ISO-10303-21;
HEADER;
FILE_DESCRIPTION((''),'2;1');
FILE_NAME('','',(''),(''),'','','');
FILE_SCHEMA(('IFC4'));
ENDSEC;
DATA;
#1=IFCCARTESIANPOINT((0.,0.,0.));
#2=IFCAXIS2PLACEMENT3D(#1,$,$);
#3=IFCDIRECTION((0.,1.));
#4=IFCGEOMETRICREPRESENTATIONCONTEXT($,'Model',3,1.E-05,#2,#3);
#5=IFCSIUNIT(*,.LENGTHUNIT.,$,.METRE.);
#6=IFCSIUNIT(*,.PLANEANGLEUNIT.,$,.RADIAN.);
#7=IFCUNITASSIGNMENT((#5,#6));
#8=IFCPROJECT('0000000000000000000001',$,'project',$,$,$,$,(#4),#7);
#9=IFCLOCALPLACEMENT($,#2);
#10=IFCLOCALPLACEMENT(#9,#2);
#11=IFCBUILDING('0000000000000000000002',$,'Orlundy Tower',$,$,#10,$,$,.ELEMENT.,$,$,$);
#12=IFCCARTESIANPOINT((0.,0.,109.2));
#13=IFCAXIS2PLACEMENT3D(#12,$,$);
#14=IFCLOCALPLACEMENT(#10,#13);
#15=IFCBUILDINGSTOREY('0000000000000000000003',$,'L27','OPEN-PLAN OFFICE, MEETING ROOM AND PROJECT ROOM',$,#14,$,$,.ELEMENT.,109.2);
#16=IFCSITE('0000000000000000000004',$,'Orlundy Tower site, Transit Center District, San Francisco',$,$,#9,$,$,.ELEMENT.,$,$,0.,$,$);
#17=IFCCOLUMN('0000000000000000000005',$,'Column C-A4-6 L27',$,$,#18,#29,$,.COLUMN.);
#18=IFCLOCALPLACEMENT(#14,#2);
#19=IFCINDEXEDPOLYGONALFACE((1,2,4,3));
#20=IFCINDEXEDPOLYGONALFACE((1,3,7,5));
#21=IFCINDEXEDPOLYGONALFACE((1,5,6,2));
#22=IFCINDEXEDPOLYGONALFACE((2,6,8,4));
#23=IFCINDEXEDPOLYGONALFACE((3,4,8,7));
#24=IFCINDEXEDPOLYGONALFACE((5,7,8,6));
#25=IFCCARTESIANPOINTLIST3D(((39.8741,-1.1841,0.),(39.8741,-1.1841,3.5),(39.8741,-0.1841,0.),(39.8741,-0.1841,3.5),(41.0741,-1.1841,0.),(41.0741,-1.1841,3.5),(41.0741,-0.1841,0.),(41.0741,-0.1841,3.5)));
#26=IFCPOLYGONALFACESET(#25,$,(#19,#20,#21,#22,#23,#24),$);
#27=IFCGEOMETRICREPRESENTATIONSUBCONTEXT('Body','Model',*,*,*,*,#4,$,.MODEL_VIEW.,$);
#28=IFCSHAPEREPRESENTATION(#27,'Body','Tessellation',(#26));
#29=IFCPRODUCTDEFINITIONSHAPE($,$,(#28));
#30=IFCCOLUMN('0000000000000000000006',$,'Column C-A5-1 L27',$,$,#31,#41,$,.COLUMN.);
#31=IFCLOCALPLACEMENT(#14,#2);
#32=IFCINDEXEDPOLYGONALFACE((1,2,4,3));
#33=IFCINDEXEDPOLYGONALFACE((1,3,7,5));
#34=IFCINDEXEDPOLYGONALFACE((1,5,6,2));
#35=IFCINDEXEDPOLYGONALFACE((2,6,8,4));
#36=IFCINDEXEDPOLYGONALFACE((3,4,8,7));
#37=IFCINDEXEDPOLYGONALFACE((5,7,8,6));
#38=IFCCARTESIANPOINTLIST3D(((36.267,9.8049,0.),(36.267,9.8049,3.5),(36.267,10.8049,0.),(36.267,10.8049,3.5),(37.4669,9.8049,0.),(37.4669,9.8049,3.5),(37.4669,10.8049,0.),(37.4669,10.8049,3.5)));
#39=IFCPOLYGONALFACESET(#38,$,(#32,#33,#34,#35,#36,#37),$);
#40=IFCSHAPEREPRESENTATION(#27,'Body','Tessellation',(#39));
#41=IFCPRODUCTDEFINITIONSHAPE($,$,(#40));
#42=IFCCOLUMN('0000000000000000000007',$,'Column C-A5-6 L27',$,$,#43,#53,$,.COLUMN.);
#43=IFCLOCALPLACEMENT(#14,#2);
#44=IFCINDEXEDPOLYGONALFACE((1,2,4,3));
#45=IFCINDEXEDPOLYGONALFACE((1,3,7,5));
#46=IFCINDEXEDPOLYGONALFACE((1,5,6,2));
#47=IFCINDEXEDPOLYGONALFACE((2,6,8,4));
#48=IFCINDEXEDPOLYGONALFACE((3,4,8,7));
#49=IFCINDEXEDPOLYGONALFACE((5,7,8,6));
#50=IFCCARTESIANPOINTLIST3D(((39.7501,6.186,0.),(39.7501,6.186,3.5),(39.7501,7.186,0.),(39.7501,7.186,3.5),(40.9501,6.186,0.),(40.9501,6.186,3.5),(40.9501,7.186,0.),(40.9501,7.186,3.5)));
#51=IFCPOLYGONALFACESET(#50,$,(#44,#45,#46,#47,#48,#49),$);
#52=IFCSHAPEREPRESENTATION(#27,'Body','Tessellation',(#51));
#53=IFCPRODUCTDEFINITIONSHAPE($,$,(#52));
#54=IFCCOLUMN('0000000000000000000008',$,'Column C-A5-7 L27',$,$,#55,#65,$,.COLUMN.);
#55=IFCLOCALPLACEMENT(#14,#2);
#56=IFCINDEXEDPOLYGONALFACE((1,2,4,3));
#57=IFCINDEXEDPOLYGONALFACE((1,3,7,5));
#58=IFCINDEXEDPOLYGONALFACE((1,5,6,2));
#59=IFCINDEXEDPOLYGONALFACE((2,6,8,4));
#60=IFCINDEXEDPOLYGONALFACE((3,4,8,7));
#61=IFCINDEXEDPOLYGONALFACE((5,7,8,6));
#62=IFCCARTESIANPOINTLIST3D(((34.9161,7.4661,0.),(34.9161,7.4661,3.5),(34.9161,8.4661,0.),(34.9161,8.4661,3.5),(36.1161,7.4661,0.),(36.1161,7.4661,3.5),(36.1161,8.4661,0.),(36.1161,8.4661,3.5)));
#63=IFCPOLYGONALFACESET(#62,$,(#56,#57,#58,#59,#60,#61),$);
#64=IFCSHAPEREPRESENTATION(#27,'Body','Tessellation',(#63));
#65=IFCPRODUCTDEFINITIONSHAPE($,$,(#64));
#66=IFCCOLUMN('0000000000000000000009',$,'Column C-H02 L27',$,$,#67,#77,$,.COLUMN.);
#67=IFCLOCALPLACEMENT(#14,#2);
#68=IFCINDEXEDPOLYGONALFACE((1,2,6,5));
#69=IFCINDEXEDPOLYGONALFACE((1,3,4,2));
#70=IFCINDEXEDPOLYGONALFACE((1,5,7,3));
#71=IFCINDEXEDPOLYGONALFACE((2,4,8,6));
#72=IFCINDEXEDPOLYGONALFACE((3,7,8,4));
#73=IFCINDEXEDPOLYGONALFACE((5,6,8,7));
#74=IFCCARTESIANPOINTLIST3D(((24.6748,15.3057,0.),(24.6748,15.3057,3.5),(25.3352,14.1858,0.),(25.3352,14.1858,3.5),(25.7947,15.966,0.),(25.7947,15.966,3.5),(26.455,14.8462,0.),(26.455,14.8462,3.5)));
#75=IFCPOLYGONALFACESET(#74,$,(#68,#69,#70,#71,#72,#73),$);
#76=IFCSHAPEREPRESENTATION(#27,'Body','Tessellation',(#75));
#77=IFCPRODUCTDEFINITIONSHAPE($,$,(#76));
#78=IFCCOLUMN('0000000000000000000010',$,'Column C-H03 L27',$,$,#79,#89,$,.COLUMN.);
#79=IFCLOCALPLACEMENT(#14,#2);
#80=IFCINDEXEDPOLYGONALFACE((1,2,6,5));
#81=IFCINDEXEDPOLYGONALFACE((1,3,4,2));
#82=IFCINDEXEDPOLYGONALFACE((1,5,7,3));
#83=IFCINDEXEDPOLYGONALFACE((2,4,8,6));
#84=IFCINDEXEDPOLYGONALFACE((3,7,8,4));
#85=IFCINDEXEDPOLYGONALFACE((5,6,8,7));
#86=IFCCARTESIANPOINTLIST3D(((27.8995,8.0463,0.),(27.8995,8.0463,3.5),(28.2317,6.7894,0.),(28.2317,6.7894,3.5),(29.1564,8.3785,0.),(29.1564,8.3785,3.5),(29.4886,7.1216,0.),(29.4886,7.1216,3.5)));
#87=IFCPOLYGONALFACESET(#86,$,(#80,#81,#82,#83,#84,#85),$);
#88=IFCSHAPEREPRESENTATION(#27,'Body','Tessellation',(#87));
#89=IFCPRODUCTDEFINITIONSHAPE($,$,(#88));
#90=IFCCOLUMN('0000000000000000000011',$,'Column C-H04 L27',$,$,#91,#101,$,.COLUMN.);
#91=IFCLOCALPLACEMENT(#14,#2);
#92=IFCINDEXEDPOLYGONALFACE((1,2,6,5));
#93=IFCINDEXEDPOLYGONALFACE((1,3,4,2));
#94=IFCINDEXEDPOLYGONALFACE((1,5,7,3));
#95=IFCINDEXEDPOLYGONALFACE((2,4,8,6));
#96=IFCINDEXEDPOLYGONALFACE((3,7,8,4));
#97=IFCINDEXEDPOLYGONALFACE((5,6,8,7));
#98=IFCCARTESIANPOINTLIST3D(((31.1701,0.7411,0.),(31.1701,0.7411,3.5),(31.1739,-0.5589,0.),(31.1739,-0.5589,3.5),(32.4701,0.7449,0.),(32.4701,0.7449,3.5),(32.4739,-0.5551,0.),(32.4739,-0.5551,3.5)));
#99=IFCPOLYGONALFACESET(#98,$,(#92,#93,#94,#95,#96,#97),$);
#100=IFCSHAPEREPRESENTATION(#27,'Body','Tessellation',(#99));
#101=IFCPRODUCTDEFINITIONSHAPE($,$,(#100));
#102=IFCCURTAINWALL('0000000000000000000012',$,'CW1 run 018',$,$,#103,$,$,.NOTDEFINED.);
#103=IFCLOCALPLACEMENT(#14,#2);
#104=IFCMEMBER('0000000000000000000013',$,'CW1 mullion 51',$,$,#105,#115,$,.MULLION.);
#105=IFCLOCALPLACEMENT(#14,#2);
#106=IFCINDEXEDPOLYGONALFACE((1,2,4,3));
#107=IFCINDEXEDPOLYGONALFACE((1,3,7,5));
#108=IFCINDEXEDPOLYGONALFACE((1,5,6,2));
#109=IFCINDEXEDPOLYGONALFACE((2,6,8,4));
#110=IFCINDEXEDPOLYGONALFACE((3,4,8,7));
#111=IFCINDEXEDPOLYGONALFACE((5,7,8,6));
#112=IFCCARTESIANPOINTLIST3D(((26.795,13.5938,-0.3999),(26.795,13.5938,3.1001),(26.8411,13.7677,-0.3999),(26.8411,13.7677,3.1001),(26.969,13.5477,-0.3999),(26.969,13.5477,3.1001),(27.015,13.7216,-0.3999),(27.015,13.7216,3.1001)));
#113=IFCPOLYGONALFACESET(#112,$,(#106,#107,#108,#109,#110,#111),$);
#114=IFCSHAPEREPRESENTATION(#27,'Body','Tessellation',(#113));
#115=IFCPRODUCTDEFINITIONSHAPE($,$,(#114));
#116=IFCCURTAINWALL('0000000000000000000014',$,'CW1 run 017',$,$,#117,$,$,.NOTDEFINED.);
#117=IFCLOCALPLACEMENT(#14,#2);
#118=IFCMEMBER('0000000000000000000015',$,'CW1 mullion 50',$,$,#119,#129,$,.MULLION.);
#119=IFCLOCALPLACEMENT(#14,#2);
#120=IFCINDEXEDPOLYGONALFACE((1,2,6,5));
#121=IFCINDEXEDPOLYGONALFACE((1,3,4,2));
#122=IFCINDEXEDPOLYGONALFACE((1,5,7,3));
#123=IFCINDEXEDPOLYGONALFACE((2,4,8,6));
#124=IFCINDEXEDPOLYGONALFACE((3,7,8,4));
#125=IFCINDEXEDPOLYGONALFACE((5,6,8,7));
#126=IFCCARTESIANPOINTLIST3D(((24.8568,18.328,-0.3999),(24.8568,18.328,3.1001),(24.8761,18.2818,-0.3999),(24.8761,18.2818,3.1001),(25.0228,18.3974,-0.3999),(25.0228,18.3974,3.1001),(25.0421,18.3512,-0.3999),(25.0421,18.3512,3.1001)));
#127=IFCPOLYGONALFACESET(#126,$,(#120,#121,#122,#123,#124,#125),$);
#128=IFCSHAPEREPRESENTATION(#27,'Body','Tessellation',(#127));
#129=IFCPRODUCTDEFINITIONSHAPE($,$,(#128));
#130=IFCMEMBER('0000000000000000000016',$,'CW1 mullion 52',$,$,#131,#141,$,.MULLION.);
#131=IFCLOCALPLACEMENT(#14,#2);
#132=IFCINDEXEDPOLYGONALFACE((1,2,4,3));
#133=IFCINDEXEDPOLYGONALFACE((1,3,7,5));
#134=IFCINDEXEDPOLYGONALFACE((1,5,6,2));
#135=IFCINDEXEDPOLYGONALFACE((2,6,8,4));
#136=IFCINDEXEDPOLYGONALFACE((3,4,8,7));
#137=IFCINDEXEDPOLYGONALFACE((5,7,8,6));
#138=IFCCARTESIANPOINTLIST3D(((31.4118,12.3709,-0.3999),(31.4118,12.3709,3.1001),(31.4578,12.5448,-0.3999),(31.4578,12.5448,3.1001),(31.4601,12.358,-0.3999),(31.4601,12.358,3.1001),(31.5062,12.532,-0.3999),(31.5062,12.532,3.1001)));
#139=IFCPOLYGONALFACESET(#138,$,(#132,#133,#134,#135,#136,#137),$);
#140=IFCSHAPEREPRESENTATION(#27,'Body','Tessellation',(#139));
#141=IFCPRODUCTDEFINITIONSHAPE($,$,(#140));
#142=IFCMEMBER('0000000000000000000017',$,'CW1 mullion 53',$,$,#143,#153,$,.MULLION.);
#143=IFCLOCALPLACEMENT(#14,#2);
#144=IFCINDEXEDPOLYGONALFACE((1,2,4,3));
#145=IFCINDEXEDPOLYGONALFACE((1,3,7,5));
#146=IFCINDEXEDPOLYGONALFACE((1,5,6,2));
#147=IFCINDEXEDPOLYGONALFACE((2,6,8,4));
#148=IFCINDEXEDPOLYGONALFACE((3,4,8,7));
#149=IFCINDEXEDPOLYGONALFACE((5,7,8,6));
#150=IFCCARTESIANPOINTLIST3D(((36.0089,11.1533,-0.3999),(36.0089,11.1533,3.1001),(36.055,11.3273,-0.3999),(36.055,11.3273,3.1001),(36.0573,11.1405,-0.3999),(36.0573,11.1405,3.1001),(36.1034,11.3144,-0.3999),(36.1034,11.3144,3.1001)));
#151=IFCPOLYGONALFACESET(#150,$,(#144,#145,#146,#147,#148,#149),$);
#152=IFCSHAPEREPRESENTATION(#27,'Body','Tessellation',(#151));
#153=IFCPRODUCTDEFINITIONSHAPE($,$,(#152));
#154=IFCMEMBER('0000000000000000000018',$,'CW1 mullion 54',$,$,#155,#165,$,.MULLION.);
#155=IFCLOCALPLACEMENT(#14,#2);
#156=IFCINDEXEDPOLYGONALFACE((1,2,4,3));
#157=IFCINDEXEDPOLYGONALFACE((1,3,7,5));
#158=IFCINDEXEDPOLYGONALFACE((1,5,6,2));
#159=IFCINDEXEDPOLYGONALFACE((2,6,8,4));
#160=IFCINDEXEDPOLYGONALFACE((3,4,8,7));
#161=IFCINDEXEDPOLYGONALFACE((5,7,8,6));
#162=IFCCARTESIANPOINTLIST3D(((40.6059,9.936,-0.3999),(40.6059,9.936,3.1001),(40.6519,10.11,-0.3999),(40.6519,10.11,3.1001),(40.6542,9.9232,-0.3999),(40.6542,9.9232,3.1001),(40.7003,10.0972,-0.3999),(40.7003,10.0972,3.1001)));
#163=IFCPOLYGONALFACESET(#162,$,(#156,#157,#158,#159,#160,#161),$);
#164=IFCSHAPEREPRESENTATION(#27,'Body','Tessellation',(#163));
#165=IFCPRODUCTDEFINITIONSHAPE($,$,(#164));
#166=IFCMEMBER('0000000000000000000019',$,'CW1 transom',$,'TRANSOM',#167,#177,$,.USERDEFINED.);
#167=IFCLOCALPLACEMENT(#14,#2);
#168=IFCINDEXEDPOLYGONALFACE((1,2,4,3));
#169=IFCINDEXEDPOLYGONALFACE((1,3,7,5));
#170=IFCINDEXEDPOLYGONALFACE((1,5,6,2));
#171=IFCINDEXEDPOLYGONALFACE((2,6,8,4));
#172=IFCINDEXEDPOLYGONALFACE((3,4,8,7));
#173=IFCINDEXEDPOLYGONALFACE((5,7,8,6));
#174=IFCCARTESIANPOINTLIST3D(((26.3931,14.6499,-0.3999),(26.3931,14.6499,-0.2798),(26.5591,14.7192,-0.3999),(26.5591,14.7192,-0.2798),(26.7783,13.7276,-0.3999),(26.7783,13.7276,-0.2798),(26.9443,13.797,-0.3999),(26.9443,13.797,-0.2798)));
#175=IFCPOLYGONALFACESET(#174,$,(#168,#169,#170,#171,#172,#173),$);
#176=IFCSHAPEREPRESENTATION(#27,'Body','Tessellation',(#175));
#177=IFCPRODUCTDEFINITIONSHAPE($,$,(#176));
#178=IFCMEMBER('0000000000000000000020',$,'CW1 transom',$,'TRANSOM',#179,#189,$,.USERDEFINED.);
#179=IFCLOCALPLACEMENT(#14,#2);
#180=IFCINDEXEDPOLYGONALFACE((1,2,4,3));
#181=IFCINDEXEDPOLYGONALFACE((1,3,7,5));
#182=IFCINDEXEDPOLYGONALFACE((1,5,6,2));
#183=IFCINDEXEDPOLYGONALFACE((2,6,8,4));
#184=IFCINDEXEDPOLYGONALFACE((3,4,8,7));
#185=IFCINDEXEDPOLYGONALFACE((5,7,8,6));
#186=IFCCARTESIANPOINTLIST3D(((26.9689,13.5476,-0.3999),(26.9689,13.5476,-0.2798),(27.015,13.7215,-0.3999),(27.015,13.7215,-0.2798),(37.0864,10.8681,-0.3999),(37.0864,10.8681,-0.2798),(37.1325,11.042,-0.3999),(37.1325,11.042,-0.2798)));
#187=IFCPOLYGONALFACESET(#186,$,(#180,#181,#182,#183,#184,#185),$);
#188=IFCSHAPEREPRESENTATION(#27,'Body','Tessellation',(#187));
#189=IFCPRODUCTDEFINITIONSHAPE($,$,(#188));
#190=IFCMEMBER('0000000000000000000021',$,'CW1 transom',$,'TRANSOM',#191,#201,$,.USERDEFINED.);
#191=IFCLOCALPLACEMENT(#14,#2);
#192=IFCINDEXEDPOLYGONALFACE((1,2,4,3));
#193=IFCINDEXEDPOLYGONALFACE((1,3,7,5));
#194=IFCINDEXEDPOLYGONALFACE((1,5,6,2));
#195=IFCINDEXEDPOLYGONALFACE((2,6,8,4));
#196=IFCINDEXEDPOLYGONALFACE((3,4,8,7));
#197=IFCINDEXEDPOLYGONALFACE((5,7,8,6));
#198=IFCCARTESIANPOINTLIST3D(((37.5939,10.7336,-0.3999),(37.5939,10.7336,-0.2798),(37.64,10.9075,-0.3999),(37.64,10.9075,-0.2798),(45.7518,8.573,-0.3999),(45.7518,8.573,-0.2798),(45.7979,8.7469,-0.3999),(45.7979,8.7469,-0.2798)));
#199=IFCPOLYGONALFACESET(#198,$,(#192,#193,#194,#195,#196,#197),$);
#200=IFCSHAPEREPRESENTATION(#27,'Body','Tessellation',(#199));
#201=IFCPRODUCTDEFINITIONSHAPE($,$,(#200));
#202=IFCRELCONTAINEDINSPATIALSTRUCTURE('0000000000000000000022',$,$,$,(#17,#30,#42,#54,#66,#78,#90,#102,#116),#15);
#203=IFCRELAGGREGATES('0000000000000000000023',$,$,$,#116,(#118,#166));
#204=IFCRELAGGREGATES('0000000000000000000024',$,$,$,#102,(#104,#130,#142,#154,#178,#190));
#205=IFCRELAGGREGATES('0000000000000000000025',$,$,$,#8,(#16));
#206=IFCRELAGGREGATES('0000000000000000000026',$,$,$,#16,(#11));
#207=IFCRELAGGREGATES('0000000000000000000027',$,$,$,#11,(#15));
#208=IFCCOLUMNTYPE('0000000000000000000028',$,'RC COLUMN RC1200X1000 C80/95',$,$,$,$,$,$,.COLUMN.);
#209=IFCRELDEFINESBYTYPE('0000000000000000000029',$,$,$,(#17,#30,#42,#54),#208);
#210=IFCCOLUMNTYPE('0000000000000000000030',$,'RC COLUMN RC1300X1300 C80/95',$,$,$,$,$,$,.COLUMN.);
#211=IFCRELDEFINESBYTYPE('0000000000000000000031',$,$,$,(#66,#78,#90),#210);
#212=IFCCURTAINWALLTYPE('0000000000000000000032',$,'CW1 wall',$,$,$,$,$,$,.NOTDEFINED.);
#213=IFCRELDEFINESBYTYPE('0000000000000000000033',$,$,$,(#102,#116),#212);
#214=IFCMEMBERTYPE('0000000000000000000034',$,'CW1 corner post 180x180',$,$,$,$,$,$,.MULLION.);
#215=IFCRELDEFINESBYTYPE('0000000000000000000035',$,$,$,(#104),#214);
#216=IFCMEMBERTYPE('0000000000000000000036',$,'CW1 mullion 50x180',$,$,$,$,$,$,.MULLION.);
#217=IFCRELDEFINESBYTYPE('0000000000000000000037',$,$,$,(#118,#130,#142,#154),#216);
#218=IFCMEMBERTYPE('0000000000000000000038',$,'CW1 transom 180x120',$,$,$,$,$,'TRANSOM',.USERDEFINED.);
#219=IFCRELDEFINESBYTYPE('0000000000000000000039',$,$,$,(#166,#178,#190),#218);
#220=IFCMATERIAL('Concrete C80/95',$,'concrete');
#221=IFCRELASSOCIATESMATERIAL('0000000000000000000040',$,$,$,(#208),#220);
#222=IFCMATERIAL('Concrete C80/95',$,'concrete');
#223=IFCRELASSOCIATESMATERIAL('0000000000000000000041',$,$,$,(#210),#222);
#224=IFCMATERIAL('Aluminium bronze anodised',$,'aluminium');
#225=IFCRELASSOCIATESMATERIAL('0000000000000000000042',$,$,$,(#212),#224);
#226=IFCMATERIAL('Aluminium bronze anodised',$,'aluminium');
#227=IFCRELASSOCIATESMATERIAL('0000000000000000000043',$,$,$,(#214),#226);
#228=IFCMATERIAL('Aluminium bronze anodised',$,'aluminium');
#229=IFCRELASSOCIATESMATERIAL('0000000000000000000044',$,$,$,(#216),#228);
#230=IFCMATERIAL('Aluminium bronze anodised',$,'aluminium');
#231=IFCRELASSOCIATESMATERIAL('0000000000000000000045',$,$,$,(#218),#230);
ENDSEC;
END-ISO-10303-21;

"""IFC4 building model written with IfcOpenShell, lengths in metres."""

from ifc_helpers import new_model, si_unit, direction, frame, origin, origin_2d, place, context, subcontext, project, spatial, rectangle, extrude, material, material_profile, profile_set, type_object, element, aggregate, save


model = new_model("IFC4")

# Units and contexts
model_context = context("Model", 3, precision=1e-05, world=origin(), true_north=direction((0.0, 1.0)))
body_context = subcontext(model_context, "Body", "Model", "MODEL_VIEW")
ifc_project = project(units=[si_unit("LENGTHUNIT", "METRE"), si_unit("PLANEANGLEUNIT", "RADIAN")], contexts=[model_context])

# Site, building, storey
site_placement = place(None, origin())
site = spatial("IfcSite", under=ifc_project, at=site_placement, Name="Orlundy Tower site, Transit Center District, San Francisco", CompositionType="ELEMENT", RefElevation=0.0)
building_placement = place(site_placement, origin())
building = spatial("IfcBuilding", under=site, at=building_placement, Name="Orlundy Tower", CompositionType="ELEMENT")
storey_placement = place(building_placement, frame((0.0, 0.0, 109.2)))
storey = spatial("IfcBuildingStorey", under=building, at=storey_placement, Name="L27", Description="OPEN-PLAN OFFICE, MEETING ROOM AND PROJECT ROOM", CompositionType="ELEMENT", Elevation=109.2)

# Columns
ifc_material_1 = material(Name="Concrete C80/95", Category="concrete")
ifc_material_profile_1 = material_profile(ifc_material_1, rectangle(XDim=1.2, YDim=1.0, at=origin_2d()), Name="RC1200X1000")
ifc_profile_set_1 = profile_set([ifc_material_profile_1], Name="Concrete C80/95")
column_type_1 = type_object("IfcColumnType", Name="RC COLUMN RC1200X1000 C80/95", PredefinedType="COLUMN", material=ifc_profile_set_1)
for number, where, z_axis, x_axis, name in (
    (1, (40.4741, -0.6841, 0.0), (0.0, 0.0, 1.0), (1.0, 0.0, 0.0), "Column C-A4-6 L27"),
    (2, (36.8669, 10.3049, 0.0), (0.0, 0.0, 1.0), (1.0, 0.0, 0.0), "Column C-A5-1 L27"),
    (3, (40.3501, 6.686, 0.0), (0.0, 0.0, 1.0), (1.0, 0.0, 0.0), "Column C-A5-6 L27"),
    (4, (35.5161, 7.9661, 0.0), (0.0, 0.0, 1.0), (1.0, 0.0, 0.0), "Column C-A5-7 L27"),
):
    element("IfcColumn", number, at=place(storey_placement, frame(where, z_axis=z_axis, x_axis=x_axis)), inside=storey, type_object=column_type_1, Name=name, PredefinedType="COLUMN", context=body_context, shape_type="SweptSolid", body=[
        extrude(rectangle(XDim=1.2, YDim=1.0, at=origin_2d()), origin(), (0.0, 0.0, 1.0), 3.5),
    ])
ifc_material_2 = material(Name="Concrete C80/95", Category="concrete")
ifc_material_profile_2 = material_profile(ifc_material_2, rectangle(XDim=1.3, YDim=1.3, at=origin_2d()), Name="RC1300X1300")
ifc_profile_set_2 = profile_set([ifc_material_profile_2], Name="Concrete C80/95")
column_type_2 = type_object("IfcColumnType", Name="RC COLUMN RC1300X1300 C80/95", PredefinedType="COLUMN", material=ifc_profile_set_2)
for number, where, z_axis, x_axis, name in (
    (5, (25.5649, 15.0759, 0.0), (0.0, 0.0, 1.0), (0.861381, 0.507959, 0.0), "Column C-H02 L27"),
    (6, (28.6941, 7.584, 0.0), (0.0, 0.0, 1.0), (0.966801, 0.25553, 0.0), "Column C-H03 L27"),
    (7, (31.822, 0.093, 0.0), (0.0, 0.0, 1.0), (0.999996, 0.002915, 0.0), "Column C-H04 L27"),
):
    element("IfcColumn", number, at=place(storey_placement, frame(where, z_axis=z_axis, x_axis=x_axis)), inside=storey, type_object=column_type_2, Name=name, PredefinedType="COLUMN", context=body_context, shape_type="SweptSolid", body=[
        extrude(rectangle(XDim=1.3, YDim=1.3, at=origin_2d()), origin(), (0.0, 0.0, 1.0), 3.5),
    ])

# Curtain walls, members
ifc_material_3 = material(Name="Aluminium bronze anodised", Category="aluminium")
curtain_wall_type = type_object("IfcCurtainWallType", Name="CW1 wall", PredefinedType="NOTDEFINED", material=ifc_material_3)
curtain_wall_1_placement = place(storey_placement, origin())
curtain_wall_1 = element("IfcCurtainWall", 8, at=curtain_wall_1_placement, inside=storey, type_object=curtain_wall_type, Name="CW1 run 018", PredefinedType="NOTDEFINED")
ifc_material_4 = material(Name="Aluminium bronze anodised", Category="aluminium")
ifc_material_profile_3 = material_profile(ifc_material_4, rectangle(XDim=0.1799, YDim=0.1799, at=origin_2d()), Name="CW1 corner post 180x180")
ifc_profile_set_3 = profile_set([ifc_material_profile_3], Name="Aluminium bronze anodised")
member_type_1 = type_object("IfcMemberType", Name="CW1 corner post 180x180", PredefinedType="MULLION", material=ifc_profile_set_3)
member_1_placement = place(storey_placement, frame((26.905, 13.6577, -0.3999), z_axis=(0.0, 0.0, 1.0), x_axis=(0.25602, 0.966672, 0.0)))
member_1 = element("IfcMember", 9, at=member_1_placement, type_object=member_type_1, Name="CW1 mullion 51", PredefinedType="MULLION", context=body_context, shape_type="SweptSolid", body=[
    extrude(rectangle(XDim=0.1799, YDim=0.1799, at=origin_2d()), origin(), (0.0, 0.0, 1.0), 3.5),
])
curtain_wall_2_placement = place(storey_placement, origin())
curtain_wall_2 = element("IfcCurtainWall", 10, at=curtain_wall_2_placement, inside=storey, type_object=curtain_wall_type, Name="CW1 run 017", PredefinedType="NOTDEFINED")
ifc_material_5 = material(Name="Aluminium bronze anodised", Category="aluminium")
ifc_material_profile_4 = material_profile(ifc_material_5, rectangle(XDim=0.1799, YDim=0.05, at=origin_2d()), Name="CW1 mullion 50x180")
ifc_profile_set_4 = profile_set([ifc_material_profile_4], Name="Aluminium bronze anodised")
member_type_2 = type_object("IfcMemberType", Name="CW1 mullion 50x180", PredefinedType="MULLION", material=ifc_profile_set_4)
member_2_placement = place(storey_placement, frame((24.9495, 18.3396, -0.3999), z_axis=(0.0, 0.0, 1.0), x_axis=(0.922759, 0.385378, 0.0)))
member_2 = element("IfcMember", 11, at=member_2_placement, type_object=member_type_2, Name="CW1 mullion 50", PredefinedType="MULLION", context=body_context, shape_type="SweptSolid", body=[
    extrude(rectangle(XDim=0.1799, YDim=0.05, at=origin_2d()), origin(), (0.0, 0.0, 1.0), 3.5),
])

# Members
member_3_placement = place(storey_placement, frame((31.459, 12.4514, -0.3999), z_axis=(0.0, 0.0, 1.0), x_axis=(0.25602, 0.966672, 0.0)))
member_3 = element("IfcMember", 12, at=member_3_placement, type_object=member_type_2, Name="CW1 mullion 52", PredefinedType="MULLION", context=body_context, shape_type="SweptSolid", body=[
    extrude(rectangle(XDim=0.1799, YDim=0.05, at=origin_2d()), origin(), (0.0, 0.0, 1.0), 3.5),
])
member_4_placement = place(storey_placement, frame((36.0562, 11.2339, -0.3999), z_axis=(0.0, 0.0, 1.0), x_axis=(0.25602, 0.966672, 0.0)))
member_4 = element("IfcMember", 13, at=member_4_placement, type_object=member_type_2, Name="CW1 mullion 53", PredefinedType="MULLION", context=body_context, shape_type="SweptSolid", body=[
    extrude(rectangle(XDim=0.1799, YDim=0.05, at=origin_2d()), origin(), (0.0, 0.0, 1.0), 3.5),
])
member_5_placement = place(storey_placement, frame((40.6531, 10.0166, -0.3999), z_axis=(0.0, 0.0, 1.0), x_axis=(0.25602, 0.966672, 0.0)))
member_5 = element("IfcMember", 14, at=member_5_placement, type_object=member_type_2, Name="CW1 mullion 54", PredefinedType="MULLION", context=body_context, shape_type="SweptSolid", body=[
    extrude(rectangle(XDim=0.1799, YDim=0.05, at=origin_2d()), origin(), (0.0, 0.0, 1.0), 3.5),
])
ifc_material_6 = material(Name="Aluminium bronze anodised", Category="aluminium")
ifc_material_profile_5 = material_profile(ifc_material_6, rectangle(XDim=0.1799, YDim=0.1201, at=origin_2d()), Name="CW1 transom 180x120")
ifc_profile_set_5 = profile_set([ifc_material_profile_5], Name="Aluminium bronze anodised")
member_type_3 = type_object("IfcMemberType", Name="CW1 transom 180x120", ElementType="TRANSOM", PredefinedType="USERDEFINED", material=ifc_profile_set_5)
member_6_placement = place(storey_placement, frame((26.4761, 14.6846, -0.3398), z_axis=(0.385413, -0.922744, 0.0), x_axis=(0.922744, 0.385413, 0.0)))
member_6 = element("IfcMember", 15, at=member_6_placement, type_object=member_type_3, Name="CW1 transom", ObjectType="TRANSOM", PredefinedType="USERDEFINED", context=body_context, shape_type="SweptSolid", body=[
    extrude(rectangle(XDim=0.1799, YDim=0.1201, at=origin_2d()), origin(), (0.0, 0.0, 1.0), 0.9995),
])
member_7_placement = place(storey_placement, frame((26.9919, 13.6345, -0.3398), z_axis=(0.966675, -0.256009, 0.0), x_axis=(0.256009, 0.966675, 0.0)))
member_7 = element("IfcMember", 16, at=member_7_placement, type_object=member_type_3, Name="CW1 transom", ObjectType="TRANSOM", PredefinedType="USERDEFINED", context=body_context, shape_type="SweptSolid", body=[
    extrude(rectangle(XDim=0.1799, YDim=0.1201, at=origin_2d()), origin(), (0.0, 0.0, 1.0), 10.4663),
])
member_8_placement = place(storey_placement, frame((37.6169, 10.8206, -0.3398), z_axis=(0.96667, -0.256024, 0.0), x_axis=(0.256024, 0.96667, 0.0)))
member_8 = element("IfcMember", 17, at=member_8_placement, type_object=member_type_3, Name="CW1 transom", ObjectType="TRANSOM", PredefinedType="USERDEFINED", context=body_context, shape_type="SweptSolid", body=[
    extrude(rectangle(XDim=0.1799, YDim=0.1201, at=origin_2d()), origin(), (0.0, 0.0, 1.0), 8.4392),
])

aggregate(curtain_wall_2, [member_2, member_6])
aggregate(curtain_wall_1, [member_1, member_3, member_4, member_5, member_7, member_8])

save(model, "model.ifc")
